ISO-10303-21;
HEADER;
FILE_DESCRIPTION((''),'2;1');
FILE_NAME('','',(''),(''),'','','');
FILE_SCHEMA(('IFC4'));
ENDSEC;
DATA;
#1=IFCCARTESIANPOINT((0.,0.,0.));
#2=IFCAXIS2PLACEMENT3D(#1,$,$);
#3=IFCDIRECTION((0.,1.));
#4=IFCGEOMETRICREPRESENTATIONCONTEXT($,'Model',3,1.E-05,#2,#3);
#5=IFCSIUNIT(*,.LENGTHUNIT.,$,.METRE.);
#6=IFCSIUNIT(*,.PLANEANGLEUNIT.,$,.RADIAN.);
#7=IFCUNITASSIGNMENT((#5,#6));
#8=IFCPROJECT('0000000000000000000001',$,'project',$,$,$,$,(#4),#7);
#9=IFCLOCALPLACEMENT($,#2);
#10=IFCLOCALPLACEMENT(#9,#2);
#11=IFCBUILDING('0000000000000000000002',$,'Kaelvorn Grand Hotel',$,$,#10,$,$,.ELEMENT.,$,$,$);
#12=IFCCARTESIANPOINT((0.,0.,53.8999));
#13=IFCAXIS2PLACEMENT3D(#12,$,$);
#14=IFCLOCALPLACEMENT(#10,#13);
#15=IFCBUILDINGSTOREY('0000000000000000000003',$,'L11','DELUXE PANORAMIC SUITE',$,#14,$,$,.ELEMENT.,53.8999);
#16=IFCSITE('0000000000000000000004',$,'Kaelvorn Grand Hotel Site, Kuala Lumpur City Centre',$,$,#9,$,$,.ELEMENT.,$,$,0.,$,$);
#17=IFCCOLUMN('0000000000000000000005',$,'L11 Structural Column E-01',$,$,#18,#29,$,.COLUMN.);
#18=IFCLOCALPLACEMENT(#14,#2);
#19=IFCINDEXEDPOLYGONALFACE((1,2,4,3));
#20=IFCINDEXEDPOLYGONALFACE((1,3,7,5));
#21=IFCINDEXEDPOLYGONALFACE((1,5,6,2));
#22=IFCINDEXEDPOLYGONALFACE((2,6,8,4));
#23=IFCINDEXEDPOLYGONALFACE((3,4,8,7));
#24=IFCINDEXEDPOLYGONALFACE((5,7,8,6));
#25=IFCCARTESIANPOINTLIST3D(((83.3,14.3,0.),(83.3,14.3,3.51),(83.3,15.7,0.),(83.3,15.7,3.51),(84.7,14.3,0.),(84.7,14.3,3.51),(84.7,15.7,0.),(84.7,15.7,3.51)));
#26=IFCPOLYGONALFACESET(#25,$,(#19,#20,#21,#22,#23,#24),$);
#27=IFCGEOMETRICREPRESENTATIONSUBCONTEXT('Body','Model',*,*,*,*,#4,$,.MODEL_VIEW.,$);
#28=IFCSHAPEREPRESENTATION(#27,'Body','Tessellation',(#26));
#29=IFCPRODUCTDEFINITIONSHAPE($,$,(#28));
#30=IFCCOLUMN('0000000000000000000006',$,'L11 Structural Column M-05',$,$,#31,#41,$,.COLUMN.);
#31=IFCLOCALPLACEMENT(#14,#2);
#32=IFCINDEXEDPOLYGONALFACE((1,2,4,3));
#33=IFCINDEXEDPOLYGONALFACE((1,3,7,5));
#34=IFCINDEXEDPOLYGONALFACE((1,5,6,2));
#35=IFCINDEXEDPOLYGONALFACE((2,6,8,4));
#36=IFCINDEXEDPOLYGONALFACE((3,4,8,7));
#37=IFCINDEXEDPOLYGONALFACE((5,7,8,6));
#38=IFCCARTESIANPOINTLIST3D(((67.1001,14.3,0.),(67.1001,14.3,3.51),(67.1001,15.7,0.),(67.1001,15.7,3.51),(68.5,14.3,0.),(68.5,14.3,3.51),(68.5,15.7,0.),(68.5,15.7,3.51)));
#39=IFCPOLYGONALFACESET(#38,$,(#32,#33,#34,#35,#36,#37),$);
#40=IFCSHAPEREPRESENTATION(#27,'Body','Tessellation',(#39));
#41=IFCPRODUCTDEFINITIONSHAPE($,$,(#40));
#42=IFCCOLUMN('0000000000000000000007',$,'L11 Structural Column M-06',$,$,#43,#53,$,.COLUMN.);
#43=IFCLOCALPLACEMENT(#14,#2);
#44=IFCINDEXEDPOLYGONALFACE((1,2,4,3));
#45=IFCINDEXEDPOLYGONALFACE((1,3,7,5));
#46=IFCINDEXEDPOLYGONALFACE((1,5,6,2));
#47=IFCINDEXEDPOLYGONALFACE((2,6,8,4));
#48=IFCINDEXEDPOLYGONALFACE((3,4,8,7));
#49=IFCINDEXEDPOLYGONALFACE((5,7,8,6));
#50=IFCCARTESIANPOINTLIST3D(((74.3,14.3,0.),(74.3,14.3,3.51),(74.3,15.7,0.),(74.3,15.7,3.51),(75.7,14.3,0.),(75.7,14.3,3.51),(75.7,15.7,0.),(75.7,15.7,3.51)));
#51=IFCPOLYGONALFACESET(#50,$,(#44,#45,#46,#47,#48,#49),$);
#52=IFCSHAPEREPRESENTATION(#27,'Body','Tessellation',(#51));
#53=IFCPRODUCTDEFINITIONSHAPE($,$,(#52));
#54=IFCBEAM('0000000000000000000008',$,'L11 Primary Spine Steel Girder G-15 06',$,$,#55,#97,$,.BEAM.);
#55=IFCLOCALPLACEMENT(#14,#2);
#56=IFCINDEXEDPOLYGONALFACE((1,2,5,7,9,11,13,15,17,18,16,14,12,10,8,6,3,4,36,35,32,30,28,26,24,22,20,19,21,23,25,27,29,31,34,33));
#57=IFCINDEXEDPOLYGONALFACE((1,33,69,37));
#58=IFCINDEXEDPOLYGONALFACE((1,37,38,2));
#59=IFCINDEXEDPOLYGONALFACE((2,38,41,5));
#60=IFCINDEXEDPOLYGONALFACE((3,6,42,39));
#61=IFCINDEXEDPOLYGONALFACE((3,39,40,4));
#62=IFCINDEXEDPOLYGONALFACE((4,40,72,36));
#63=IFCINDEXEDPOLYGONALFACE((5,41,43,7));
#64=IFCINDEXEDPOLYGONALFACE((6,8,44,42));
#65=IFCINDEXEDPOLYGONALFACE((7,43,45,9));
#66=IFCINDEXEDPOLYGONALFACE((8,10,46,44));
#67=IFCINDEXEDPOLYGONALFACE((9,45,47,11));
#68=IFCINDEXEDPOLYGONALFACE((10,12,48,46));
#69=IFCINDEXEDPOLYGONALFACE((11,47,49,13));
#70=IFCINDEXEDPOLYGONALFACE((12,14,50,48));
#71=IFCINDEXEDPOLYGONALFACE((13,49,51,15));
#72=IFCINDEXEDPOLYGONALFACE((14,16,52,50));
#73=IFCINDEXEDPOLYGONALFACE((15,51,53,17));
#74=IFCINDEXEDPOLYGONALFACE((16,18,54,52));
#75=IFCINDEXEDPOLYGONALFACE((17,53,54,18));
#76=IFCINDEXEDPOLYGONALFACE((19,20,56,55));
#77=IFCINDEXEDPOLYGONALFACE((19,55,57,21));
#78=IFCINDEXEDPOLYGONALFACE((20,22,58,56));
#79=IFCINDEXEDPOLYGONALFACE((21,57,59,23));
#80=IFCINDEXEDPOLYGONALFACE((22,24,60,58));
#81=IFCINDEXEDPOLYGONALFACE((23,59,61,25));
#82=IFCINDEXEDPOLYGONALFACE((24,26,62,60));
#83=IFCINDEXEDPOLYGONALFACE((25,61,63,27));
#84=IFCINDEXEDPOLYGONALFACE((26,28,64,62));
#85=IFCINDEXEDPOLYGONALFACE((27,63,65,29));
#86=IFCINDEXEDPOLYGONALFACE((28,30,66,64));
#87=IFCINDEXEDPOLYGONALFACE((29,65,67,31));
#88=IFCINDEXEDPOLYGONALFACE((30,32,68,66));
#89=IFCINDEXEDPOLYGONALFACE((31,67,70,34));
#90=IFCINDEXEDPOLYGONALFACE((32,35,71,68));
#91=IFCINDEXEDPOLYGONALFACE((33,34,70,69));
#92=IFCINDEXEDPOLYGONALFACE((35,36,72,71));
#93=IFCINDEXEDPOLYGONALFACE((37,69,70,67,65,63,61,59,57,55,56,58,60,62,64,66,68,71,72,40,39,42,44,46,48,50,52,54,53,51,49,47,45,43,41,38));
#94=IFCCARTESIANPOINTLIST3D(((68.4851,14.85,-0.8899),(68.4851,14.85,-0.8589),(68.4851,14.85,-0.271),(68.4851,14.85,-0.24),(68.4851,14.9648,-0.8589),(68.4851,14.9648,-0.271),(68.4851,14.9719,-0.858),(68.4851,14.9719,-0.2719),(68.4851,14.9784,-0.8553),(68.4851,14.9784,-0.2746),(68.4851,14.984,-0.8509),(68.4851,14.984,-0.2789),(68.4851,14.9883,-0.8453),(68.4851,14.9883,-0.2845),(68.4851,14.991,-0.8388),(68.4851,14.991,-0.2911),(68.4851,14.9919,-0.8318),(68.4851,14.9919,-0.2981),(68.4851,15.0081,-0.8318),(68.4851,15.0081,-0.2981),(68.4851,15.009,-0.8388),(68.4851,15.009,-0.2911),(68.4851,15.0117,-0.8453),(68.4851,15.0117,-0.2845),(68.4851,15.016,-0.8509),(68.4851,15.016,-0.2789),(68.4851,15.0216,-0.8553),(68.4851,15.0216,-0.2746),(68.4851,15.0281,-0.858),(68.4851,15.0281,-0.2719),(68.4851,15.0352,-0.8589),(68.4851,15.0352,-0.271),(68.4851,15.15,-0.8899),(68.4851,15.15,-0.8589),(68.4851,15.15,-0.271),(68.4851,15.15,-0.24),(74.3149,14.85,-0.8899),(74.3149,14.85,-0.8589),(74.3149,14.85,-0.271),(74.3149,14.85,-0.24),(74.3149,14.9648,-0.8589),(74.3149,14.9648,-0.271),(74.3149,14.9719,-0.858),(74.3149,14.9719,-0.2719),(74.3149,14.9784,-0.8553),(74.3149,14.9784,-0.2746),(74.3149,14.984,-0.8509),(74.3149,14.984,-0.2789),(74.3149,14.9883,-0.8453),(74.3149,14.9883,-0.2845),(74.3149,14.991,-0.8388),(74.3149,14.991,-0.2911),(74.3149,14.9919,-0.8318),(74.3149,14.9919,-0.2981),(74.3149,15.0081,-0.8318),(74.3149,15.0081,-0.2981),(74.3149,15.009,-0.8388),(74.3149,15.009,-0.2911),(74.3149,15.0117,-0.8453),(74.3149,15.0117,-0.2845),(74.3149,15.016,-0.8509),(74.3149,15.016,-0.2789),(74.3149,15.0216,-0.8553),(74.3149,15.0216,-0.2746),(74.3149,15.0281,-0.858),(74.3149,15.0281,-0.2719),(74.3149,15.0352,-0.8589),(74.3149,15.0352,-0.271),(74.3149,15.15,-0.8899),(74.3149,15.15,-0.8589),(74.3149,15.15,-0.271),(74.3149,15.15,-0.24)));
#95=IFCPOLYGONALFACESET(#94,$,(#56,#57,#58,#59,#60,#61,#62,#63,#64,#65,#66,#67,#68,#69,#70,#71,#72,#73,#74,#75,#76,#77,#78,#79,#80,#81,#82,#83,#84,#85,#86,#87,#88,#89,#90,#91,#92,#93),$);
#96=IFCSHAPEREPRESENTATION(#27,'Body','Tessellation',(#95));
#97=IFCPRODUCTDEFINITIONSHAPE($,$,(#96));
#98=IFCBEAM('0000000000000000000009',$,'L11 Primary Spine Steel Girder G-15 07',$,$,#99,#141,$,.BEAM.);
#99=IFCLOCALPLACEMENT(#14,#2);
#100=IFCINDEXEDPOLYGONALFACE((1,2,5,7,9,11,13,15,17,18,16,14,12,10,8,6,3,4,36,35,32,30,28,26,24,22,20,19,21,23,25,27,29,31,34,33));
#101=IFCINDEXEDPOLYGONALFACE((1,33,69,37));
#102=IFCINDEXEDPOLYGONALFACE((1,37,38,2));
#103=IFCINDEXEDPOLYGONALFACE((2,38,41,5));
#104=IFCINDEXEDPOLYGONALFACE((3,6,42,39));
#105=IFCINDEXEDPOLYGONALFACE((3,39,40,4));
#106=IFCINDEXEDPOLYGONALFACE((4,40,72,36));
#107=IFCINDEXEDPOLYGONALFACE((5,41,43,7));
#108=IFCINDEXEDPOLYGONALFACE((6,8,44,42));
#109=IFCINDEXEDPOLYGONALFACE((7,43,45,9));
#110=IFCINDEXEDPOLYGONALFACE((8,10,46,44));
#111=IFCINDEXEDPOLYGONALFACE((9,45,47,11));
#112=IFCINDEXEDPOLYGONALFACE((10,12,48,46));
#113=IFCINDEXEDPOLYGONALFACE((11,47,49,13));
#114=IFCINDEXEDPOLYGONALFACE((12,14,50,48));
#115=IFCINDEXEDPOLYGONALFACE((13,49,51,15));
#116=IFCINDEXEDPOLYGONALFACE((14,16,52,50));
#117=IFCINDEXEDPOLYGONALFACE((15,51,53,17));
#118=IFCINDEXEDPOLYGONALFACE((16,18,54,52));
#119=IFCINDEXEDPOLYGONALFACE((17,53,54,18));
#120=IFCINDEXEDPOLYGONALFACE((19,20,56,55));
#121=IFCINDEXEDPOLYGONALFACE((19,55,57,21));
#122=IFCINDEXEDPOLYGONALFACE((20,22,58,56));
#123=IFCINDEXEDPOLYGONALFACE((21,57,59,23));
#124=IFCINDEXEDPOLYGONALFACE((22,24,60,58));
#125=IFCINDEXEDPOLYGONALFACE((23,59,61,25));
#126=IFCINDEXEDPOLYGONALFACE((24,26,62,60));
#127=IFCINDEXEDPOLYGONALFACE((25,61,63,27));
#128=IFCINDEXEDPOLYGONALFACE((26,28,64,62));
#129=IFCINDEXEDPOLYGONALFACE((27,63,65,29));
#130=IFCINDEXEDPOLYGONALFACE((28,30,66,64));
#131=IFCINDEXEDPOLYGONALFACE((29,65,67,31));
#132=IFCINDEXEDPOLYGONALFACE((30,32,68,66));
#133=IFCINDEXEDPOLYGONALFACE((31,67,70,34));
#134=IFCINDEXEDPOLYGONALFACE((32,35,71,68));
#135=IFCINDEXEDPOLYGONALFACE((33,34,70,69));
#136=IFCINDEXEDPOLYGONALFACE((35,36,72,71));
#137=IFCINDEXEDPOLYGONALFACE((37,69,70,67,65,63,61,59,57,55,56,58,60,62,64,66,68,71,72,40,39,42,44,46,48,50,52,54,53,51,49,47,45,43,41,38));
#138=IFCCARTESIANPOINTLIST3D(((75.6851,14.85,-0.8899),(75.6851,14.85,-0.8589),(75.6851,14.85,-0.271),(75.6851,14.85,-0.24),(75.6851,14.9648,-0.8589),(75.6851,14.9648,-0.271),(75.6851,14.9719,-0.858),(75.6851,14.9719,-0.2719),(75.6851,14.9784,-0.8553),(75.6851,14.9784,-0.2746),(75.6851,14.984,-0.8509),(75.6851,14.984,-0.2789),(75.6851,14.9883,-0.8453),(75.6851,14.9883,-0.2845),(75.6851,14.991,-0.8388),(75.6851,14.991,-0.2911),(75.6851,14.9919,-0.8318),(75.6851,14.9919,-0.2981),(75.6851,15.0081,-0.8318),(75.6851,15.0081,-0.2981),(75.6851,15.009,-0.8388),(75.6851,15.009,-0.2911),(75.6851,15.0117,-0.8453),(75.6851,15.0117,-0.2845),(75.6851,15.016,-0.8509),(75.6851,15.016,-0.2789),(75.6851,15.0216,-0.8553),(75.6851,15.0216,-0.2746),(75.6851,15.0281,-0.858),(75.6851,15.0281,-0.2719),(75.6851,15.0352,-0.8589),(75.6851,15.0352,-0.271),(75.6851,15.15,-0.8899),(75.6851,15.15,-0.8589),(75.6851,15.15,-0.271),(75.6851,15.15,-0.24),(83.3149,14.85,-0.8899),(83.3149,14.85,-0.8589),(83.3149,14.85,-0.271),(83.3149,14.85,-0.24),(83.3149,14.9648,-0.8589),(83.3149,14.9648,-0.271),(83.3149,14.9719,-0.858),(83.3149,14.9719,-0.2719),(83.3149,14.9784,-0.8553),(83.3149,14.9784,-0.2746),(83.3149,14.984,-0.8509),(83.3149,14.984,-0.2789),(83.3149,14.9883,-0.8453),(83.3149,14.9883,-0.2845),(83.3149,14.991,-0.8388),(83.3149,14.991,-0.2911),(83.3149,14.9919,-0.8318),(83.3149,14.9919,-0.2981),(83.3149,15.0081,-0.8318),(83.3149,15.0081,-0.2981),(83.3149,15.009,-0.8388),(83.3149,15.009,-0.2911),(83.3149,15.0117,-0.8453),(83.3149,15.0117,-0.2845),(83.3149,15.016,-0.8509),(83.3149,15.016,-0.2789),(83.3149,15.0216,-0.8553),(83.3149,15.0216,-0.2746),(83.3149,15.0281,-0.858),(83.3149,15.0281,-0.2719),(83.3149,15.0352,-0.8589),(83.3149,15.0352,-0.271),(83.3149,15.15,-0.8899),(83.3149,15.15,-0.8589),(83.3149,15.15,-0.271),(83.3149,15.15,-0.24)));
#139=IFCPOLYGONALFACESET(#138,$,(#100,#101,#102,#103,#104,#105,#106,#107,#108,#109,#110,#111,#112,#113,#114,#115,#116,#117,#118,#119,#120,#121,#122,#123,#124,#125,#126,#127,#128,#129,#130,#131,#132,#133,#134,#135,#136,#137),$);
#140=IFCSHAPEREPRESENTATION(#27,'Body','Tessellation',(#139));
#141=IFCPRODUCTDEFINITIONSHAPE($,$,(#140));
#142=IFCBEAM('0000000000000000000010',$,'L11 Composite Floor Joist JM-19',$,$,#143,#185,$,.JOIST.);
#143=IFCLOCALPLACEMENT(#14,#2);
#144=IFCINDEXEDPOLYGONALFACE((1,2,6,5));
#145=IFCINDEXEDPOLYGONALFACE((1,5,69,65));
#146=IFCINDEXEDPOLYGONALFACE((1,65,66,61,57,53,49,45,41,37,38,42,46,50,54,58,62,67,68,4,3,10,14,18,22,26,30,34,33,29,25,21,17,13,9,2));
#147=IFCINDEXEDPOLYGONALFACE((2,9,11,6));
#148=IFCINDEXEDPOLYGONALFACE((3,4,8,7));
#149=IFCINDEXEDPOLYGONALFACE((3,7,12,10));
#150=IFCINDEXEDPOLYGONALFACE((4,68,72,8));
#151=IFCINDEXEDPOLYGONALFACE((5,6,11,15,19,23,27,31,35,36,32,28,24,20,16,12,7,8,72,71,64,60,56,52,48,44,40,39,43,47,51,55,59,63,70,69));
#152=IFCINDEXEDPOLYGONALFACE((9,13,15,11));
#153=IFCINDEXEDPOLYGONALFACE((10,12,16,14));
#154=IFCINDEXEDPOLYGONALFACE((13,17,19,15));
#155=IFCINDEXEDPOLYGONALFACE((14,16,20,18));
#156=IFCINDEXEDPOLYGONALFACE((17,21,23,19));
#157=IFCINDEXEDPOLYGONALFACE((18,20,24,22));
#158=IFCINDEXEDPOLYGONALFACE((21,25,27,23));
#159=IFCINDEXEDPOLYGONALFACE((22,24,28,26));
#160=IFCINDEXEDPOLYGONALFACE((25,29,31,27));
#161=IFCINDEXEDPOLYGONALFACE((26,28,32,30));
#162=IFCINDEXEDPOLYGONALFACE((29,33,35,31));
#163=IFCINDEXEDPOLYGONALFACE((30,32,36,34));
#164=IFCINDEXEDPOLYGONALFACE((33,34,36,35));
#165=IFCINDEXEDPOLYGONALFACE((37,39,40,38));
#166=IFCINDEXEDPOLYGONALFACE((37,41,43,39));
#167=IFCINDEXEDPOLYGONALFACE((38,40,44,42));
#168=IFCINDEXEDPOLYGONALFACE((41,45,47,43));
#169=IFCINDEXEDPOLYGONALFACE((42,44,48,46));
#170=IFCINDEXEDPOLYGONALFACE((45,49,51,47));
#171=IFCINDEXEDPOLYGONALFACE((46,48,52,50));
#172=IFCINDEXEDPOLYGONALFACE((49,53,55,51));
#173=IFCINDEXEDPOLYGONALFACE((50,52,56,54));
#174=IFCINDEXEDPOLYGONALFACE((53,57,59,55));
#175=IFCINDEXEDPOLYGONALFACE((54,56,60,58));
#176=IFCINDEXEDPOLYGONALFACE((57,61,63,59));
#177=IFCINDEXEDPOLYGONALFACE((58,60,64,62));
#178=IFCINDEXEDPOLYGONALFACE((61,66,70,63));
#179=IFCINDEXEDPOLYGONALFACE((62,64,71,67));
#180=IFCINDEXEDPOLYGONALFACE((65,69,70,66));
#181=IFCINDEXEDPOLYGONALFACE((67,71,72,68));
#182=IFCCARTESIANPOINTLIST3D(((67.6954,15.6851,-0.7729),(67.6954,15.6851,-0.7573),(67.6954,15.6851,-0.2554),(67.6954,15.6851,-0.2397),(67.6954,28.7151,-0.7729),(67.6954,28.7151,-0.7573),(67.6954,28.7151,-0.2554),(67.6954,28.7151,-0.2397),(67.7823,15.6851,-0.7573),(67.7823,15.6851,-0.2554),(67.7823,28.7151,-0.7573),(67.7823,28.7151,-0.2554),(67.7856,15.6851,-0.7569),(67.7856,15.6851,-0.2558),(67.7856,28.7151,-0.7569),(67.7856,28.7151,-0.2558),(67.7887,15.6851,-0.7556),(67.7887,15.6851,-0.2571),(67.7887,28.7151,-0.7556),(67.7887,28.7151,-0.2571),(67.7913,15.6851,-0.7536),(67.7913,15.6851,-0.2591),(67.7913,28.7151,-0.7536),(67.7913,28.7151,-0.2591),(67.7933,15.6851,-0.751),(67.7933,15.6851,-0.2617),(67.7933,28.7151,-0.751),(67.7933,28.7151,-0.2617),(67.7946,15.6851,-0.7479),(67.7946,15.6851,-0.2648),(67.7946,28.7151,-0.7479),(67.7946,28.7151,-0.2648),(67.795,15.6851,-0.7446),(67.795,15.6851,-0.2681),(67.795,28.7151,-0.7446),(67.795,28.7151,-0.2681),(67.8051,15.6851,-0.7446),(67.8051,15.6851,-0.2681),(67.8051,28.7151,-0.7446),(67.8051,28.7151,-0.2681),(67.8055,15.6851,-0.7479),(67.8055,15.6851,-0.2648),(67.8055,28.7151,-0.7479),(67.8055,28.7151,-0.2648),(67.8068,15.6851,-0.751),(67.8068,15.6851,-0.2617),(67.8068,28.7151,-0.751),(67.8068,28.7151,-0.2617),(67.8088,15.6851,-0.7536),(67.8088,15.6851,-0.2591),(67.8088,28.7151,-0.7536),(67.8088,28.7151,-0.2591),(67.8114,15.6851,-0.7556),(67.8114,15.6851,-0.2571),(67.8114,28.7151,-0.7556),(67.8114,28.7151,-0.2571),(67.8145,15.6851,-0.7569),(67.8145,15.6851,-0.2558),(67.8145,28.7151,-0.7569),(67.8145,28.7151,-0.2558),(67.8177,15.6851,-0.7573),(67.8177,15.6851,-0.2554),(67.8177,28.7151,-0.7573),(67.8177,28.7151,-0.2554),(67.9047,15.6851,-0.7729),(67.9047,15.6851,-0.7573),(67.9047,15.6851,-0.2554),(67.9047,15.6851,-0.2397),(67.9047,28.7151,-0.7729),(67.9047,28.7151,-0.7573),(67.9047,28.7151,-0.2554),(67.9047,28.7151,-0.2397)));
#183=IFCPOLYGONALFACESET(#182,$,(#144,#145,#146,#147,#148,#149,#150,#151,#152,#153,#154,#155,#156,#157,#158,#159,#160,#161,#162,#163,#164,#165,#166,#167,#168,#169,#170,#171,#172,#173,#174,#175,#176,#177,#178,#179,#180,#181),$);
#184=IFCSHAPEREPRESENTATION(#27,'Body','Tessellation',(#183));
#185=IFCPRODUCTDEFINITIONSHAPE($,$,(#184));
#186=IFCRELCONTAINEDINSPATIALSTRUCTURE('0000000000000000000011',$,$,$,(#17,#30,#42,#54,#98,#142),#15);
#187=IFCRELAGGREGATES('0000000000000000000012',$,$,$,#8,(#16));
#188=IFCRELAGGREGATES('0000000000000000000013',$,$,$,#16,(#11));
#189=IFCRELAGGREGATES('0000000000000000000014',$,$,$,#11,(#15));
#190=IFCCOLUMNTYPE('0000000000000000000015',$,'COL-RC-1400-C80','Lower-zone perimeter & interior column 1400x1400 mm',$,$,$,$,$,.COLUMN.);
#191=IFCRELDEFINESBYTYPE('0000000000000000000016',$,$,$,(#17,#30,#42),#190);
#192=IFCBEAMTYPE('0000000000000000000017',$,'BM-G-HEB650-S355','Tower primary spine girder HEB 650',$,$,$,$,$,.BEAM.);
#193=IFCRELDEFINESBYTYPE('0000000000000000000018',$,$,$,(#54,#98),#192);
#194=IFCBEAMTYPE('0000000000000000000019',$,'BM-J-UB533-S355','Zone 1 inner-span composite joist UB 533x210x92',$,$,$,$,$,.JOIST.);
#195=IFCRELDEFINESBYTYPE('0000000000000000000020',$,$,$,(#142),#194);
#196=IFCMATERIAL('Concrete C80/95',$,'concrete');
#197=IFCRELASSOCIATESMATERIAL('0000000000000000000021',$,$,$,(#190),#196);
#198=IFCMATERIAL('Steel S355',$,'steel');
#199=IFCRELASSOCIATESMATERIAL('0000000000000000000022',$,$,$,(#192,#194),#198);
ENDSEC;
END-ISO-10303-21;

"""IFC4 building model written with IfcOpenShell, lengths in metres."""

from ifc_helpers import new_model, si_unit, direction, frame, origin, origin_2d, place, context, subcontext, project, spatial, rectangle, i_section, extrude, material, material_profile, profile_set, type_object, element, save


model = new_model("IFC4")

# Units and contexts
model_context = context("Model", 3, precision=1e-05, world=origin(), true_north=direction((0.0, 1.0)))
body_context = subcontext(model_context, "Body", "Model", "MODEL_VIEW")
ifc_project = project(units=[si_unit("LENGTHUNIT", "METRE"), si_unit("PLANEANGLEUNIT", "RADIAN")], contexts=[model_context])

# Site, building, storey
site_placement = place(None, origin())
site = spatial("IfcSite", under=ifc_project, at=site_placement, Name="Kaelvorn Grand Hotel Site, Kuala Lumpur City Centre", CompositionType="ELEMENT", RefElevation=0.0)
building_placement = place(site_placement, origin())
building = spatial("IfcBuilding", under=site, at=building_placement, Name="Kaelvorn Grand Hotel", CompositionType="ELEMENT")
storey_placement = place(building_placement, frame((0.0, 0.0, 53.8999)))
storey = spatial("IfcBuildingStorey", under=building, at=storey_placement, Name="L11", Description="DELUXE PANORAMIC SUITE", CompositionType="ELEMENT", Elevation=53.8999)

# Columns
ifc_material_1 = material(Name="Concrete C80/95", Category="concrete")
ifc_material_profile_1 = material_profile(ifc_material_1, rectangle(XDim=1.3999, YDim=1.3999, at=origin_2d()), Name="RC COL 1400x1400")
ifc_profile_set_1 = profile_set([ifc_material_profile_1], Name="Concrete C80/95")
column_type = type_object("IfcColumnType", Name="COL-RC-1400-C80", Description="Lower-zone perimeter & interior column 1400x1400 mm", PredefinedType="COLUMN", material=ifc_profile_set_1)
for number, where, z_axis, x_axis, name in (
    (1, (84.0, 15.0, 0.0), (0.0, 0.0, 1.0), (1.0, 0.0, 0.0), "L11 Structural Column E-01"),
    (2, (67.8, 15.0, 0.0), (0.0, 0.0, 1.0), (1.0, 0.0, 0.0), "L11 Structural Column M-05"),
    (3, (75.0, 15.0, 0.0), (0.0, 0.0, 1.0), (1.0, 0.0, 0.0), "L11 Structural Column M-06"),
):
    element("IfcColumn", number, at=place(storey_placement, frame(where, z_axis=z_axis, x_axis=x_axis)), inside=storey, type_object=column_type, Name=name, PredefinedType="COLUMN", context=body_context, shape_type="SweptSolid", body=[
        extrude(rectangle(XDim=1.3999, YDim=1.3999, at=origin_2d()), origin(), (0.0, 0.0, 1.0), 3.51),
    ])

# Beams
ifc_material_2 = material(Name="Steel S355", Category="steel")
ifc_material_profile_2 = material_profile(ifc_material_2, i_section(OverallWidth=0.3, OverallDepth=0.6499, WebThickness=0.0161, FlangeThickness=0.031, FilletRadius=0.0271, at=origin_2d()), Name="HEB 650")
ifc_profile_set_2 = profile_set([ifc_material_profile_2], Name="Steel S355")
beam_type_1 = type_object("IfcBeamType", Name="BM-G-HEB650-S355", Description="Tower primary spine girder HEB 650", PredefinedType="BEAM", material=ifc_profile_set_2)
beam_1_placement = place(storey_placement, frame((68.4851, 15.0, -0.5649), z_axis=(1.0, 0.0, 0.0), x_axis=(0.0, 1.0, 0.0)))
element("IfcBeam", 4, at=beam_1_placement, inside=storey, type_object=beam_type_1, Name="L11 Primary Spine Steel Girder G-15 06", PredefinedType="BEAM", context=body_context, shape_type="SweptSolid", body=[
    extrude(i_section(OverallWidth=0.3, OverallDepth=0.6499, WebThickness=0.0161, FlangeThickness=0.031, FilletRadius=0.0271, at=origin_2d()), origin(), (0.0, 0.0, 1.0), 5.8298),
])
beam_2_placement = place(storey_placement, frame((75.6851, 15.0, -0.5649), z_axis=(1.0, 0.0, 0.0), x_axis=(0.0, 1.0, 0.0)))
element("IfcBeam", 5, at=beam_2_placement, inside=storey, type_object=beam_type_1, Name="L11 Primary Spine Steel Girder G-15 07", PredefinedType="BEAM", context=body_context, shape_type="SweptSolid", body=[
    extrude(i_section(OverallWidth=0.3, OverallDepth=0.6499, WebThickness=0.0161, FlangeThickness=0.031, FilletRadius=0.0271, at=origin_2d()), origin(), (0.0, 0.0, 1.0), 7.6299),
])
ifc_material_profile_3 = material_profile(ifc_material_2, i_section(OverallWidth=0.2092, OverallDepth=0.5332, WebThickness=0.01, FlangeThickness=0.0156, FilletRadius=0.0127, at=origin_2d()), Name="UB 533x210x92")
ifc_profile_set_3 = profile_set([ifc_material_profile_3], Name="Steel S355")
beam_type_2 = type_object("IfcBeamType", Name="BM-J-UB533-S355", Description="Zone 1 inner-span composite joist UB 533x210x92", PredefinedType="JOIST", material=ifc_profile_set_3)
beam_3_placement = place(storey_placement, frame((67.8, 15.6851, -0.5063), z_axis=(0.0, 1.0, 0.0), x_axis=(-1.0, 0.0, 0.0)))
element("IfcBeam", 6, at=beam_3_placement, inside=storey, type_object=beam_type_2, Name="L11 Composite Floor Joist JM-19", PredefinedType="JOIST", context=body_context, shape_type="SweptSolid", body=[
    extrude(i_section(OverallWidth=0.2092, OverallDepth=0.5332, WebThickness=0.01, FlangeThickness=0.0156, FilletRadius=0.0127, at=origin_2d()), origin(), (0.0, 0.0, 1.0), 13.03),
])

save(model, "model.ifc")
